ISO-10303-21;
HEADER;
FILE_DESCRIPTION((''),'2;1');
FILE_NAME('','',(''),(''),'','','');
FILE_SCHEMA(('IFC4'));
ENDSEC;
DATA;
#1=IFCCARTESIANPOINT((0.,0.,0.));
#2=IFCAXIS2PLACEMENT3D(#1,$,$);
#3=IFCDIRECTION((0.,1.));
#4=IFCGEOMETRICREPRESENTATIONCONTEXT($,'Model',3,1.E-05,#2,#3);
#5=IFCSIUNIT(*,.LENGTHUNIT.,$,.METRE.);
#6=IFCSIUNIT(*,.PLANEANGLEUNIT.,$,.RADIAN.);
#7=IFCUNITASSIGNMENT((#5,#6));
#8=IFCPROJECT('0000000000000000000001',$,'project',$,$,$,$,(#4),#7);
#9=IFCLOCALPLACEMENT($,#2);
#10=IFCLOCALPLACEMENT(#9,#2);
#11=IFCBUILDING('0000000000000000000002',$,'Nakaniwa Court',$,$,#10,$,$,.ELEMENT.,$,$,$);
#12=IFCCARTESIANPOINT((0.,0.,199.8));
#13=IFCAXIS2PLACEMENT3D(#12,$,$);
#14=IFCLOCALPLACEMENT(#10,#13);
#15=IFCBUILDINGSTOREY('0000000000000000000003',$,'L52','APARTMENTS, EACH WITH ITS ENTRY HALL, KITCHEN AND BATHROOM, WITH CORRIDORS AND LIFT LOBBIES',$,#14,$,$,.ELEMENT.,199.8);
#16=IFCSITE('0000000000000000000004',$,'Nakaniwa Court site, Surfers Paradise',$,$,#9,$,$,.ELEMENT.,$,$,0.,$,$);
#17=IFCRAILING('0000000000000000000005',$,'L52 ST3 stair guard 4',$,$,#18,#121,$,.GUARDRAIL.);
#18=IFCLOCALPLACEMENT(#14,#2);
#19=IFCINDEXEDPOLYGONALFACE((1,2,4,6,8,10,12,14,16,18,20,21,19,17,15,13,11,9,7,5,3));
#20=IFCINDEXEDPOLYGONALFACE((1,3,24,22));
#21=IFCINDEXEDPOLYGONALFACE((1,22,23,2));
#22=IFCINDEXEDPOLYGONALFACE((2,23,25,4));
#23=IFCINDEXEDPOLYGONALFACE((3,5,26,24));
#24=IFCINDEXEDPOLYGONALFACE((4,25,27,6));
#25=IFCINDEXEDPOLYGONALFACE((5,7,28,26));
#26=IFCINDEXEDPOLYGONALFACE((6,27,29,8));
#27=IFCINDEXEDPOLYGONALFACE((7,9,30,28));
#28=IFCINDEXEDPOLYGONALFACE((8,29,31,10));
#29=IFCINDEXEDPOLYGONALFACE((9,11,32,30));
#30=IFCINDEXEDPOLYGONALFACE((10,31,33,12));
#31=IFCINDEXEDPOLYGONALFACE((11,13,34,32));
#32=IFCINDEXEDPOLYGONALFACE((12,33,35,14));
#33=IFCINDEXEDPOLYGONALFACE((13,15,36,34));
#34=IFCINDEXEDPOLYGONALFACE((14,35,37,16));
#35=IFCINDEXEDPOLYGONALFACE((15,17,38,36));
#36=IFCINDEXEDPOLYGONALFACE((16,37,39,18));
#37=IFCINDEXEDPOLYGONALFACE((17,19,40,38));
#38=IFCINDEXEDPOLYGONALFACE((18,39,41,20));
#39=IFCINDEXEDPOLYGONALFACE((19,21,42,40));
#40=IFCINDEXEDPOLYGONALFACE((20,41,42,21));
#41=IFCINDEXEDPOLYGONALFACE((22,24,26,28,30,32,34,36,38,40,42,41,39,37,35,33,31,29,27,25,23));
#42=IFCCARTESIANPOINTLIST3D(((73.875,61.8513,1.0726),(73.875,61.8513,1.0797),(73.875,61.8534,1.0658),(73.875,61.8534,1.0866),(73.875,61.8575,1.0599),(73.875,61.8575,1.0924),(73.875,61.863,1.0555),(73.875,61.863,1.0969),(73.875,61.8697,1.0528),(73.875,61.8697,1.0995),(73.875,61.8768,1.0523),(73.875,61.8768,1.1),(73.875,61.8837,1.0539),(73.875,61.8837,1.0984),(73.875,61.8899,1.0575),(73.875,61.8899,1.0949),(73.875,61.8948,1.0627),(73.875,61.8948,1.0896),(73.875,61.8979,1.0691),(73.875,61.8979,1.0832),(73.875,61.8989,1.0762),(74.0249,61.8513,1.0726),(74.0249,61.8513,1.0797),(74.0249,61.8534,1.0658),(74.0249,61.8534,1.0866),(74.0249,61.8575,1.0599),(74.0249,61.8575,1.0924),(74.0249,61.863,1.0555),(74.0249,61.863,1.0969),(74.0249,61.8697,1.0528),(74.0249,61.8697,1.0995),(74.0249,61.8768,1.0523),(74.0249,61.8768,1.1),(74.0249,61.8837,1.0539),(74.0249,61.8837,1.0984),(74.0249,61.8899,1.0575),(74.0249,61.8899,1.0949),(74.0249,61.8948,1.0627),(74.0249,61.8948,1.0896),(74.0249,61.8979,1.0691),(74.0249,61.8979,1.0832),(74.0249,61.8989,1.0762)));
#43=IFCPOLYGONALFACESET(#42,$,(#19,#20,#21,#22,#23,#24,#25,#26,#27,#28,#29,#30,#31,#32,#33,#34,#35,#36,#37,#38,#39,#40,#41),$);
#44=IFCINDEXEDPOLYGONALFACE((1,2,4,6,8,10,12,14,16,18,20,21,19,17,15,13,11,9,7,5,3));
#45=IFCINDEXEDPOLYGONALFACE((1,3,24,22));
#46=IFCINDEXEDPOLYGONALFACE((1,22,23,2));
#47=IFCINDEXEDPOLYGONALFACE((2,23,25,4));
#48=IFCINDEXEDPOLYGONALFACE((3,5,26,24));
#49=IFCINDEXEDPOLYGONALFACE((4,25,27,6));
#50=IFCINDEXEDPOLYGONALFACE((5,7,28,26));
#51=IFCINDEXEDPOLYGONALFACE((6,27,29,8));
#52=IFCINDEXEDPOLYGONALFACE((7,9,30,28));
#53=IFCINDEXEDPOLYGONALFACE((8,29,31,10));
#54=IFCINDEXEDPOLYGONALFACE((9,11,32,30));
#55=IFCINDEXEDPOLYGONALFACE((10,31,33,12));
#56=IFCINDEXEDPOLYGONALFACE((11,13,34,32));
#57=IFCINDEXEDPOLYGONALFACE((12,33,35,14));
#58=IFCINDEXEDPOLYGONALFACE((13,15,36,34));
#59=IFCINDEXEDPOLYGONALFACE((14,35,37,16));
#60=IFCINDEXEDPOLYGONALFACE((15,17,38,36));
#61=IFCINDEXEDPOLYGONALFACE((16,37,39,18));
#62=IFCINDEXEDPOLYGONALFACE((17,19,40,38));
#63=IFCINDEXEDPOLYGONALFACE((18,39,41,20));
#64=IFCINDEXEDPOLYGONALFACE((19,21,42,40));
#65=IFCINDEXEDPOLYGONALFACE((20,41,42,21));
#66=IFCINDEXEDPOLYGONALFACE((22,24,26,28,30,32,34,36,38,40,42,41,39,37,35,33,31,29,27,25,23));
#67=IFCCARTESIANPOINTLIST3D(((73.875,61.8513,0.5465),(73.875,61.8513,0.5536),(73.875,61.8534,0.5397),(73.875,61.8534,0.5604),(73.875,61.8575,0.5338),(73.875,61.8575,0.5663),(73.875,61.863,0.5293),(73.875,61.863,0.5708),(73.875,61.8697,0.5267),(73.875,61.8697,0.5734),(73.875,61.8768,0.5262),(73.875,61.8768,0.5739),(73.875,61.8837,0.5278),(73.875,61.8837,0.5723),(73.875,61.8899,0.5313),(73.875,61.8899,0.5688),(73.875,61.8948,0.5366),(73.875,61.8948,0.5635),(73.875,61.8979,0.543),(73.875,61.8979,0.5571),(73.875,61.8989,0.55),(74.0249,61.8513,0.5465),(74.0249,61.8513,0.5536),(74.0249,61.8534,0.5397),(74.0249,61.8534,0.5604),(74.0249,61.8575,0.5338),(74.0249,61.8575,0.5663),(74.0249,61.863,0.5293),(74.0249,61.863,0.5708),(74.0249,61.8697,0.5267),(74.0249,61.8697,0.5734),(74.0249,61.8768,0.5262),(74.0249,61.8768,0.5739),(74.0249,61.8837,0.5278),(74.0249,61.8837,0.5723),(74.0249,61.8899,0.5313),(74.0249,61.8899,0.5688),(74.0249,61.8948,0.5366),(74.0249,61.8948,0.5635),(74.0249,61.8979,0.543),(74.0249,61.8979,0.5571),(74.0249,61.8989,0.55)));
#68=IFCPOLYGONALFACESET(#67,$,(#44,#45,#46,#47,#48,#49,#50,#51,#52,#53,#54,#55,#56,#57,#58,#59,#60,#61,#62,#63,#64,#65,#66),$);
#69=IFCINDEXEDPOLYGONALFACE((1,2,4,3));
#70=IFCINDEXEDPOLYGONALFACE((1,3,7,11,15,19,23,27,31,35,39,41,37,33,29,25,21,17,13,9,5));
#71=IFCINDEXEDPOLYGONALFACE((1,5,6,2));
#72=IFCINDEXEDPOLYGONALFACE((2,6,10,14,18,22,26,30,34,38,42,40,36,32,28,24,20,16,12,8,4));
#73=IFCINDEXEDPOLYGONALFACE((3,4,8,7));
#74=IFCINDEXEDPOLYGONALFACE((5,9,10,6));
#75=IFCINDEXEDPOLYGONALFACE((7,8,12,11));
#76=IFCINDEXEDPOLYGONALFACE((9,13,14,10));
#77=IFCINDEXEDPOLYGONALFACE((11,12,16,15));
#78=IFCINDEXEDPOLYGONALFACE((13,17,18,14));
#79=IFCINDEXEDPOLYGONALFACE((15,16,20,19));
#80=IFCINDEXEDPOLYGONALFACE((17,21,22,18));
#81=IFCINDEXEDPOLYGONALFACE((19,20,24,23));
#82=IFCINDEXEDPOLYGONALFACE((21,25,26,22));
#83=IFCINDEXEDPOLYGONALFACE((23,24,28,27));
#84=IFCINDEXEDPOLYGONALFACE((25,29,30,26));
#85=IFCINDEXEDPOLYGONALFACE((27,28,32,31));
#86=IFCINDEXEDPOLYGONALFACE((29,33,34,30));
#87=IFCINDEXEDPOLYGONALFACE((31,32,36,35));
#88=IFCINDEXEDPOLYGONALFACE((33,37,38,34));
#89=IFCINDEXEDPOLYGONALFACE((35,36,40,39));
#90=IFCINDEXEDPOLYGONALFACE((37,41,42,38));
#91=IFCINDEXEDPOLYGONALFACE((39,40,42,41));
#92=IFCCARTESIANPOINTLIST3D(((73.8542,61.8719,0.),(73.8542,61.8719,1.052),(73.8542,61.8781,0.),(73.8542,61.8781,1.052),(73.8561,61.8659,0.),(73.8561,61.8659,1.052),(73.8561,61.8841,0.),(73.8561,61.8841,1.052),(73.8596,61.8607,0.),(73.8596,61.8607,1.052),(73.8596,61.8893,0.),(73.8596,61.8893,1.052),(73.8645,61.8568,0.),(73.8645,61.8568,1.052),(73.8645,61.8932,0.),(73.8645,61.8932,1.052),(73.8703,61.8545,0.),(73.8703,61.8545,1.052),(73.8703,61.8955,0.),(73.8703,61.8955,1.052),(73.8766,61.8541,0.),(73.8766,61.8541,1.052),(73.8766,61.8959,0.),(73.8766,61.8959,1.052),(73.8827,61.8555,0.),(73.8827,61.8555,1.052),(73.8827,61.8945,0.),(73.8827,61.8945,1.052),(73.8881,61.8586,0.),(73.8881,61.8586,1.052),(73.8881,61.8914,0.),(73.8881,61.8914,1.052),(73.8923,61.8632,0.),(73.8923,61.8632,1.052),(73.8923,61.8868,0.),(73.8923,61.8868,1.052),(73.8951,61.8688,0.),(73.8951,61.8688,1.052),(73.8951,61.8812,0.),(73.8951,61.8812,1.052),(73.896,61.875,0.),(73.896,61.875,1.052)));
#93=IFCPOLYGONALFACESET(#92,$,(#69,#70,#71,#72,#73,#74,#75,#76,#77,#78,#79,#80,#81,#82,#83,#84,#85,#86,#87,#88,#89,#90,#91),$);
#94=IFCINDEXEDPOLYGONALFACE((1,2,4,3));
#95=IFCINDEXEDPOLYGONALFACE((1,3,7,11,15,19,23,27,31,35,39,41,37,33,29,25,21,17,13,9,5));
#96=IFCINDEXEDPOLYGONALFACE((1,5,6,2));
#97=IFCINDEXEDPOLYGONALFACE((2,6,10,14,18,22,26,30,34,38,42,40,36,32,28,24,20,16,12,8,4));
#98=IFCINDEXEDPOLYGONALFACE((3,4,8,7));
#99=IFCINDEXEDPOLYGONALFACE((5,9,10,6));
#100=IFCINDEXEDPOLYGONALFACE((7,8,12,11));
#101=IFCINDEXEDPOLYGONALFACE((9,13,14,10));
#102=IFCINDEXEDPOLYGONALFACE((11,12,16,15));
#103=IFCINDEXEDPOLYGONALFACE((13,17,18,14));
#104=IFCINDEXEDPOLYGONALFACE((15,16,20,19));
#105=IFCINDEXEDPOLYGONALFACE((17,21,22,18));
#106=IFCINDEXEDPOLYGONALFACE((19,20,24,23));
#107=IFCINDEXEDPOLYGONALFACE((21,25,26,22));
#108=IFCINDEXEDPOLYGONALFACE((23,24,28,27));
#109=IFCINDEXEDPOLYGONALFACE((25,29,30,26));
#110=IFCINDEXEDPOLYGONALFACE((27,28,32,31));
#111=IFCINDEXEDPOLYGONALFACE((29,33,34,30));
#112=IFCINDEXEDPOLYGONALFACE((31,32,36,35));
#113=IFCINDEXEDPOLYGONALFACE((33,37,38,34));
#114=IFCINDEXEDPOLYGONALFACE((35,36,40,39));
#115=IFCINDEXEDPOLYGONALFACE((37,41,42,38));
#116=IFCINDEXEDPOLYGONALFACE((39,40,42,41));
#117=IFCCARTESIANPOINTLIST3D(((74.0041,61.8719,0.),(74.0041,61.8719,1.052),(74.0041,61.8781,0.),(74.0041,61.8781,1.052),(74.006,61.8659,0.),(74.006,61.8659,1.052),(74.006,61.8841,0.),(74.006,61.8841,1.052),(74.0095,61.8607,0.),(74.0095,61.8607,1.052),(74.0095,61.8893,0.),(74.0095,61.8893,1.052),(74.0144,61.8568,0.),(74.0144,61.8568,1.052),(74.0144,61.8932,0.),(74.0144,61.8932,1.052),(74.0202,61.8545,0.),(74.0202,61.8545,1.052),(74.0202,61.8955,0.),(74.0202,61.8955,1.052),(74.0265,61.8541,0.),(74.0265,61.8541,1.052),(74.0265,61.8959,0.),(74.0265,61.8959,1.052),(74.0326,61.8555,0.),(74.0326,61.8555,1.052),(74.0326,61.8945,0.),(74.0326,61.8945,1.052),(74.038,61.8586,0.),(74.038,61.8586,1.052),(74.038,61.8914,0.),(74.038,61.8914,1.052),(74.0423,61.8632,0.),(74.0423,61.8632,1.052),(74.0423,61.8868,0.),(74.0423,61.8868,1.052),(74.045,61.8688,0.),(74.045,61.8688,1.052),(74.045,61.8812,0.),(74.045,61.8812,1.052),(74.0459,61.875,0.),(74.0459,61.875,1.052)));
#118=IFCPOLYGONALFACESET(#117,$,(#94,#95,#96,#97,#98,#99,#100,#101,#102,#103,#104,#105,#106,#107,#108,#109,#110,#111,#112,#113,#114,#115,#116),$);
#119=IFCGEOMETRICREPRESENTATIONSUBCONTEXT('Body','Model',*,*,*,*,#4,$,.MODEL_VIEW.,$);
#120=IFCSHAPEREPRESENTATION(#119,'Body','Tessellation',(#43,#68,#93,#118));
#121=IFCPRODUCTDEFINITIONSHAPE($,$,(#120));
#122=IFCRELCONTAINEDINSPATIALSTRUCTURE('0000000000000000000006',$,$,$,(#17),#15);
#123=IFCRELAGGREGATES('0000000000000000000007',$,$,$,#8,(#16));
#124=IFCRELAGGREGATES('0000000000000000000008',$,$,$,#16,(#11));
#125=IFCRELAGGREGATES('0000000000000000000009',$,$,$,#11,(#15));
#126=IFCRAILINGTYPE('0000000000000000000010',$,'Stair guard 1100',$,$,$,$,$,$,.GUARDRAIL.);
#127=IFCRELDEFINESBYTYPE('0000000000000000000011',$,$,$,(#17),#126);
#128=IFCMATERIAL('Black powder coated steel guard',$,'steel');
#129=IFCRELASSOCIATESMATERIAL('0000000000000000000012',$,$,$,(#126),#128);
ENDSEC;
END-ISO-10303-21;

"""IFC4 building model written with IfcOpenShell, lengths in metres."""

from ifc_helpers import new_model, si_unit, direction, frame, origin, origin_2d, place, context, subcontext, project, spatial, circle, extrude, material, type_object, element, save


model = new_model("IFC4")

# Units and contexts
model_context = context("Model", 3, precision=1e-05, world=origin(), true_north=direction((0.0, 1.0)))
body_context = subcontext(model_context, "Body", "Model", "MODEL_VIEW")
ifc_project = project(units=[si_unit("LENGTHUNIT", "METRE"), si_unit("PLANEANGLEUNIT", "RADIAN")], contexts=[model_context])

# Site, building, storey
site_placement = place(None, origin())
site = spatial("IfcSite", under=ifc_project, at=site_placement, Name="Nakaniwa Court site, Surfers Paradise", CompositionType="ELEMENT", RefElevation=0.0)
building_placement = place(site_placement, origin())
building = spatial("IfcBuilding", under=site, at=building_placement, Name="Nakaniwa Court", CompositionType="ELEMENT")
storey_placement = place(building_placement, frame((0.0, 0.0, 199.8)))
storey = spatial("IfcBuildingStorey", under=building, at=storey_placement, Name="L52", Description="APARTMENTS, EACH WITH ITS ENTRY HALL, KITCHEN AND BATHROOM, WITH CORRIDORS AND LIFT LOBBIES", CompositionType="ELEMENT", Elevation=199.8)

# Railing
ifc_material_1 = material(Name="Black powder coated steel guard", Category="steel")
railing_type_1 = type_object("IfcRailingType", Name="Stair guard 1100", PredefinedType="GUARDRAIL", material=ifc_material_1)
railing_1_placement = place(storey_placement, frame((73.875, 61.875, 0.0)))
element("IfcRailing", 1, at=railing_1_placement, inside=storey, type_object=railing_type_1, Name="L52 ST3 stair guard 4", PredefinedType="GUARDRAIL", context=body_context, shape_type="SweptSolid", body=[
    extrude(circle(Radius=0.0239, at=origin_2d()), frame((0.0, 0.0, 1.0762), z_axis=(1.0, 0.0, 0.0), x_axis=(0.0, 1.0, 0.0)), (0.0, 0.0, 1.0), 0.1499),
    extrude(circle(Radius=0.0239, at=origin_2d()), frame((0.0, 0.0, 0.55), z_axis=(1.0, 0.0, 0.0), x_axis=(0.0, 1.0, 0.0)), (0.0, 0.0, 1.0), 0.1499),
    extrude(circle(Radius=0.021, at=origin_2d()), origin(), (0.0, 0.0, 1.0), 1.052),
    extrude(circle(Radius=0.021, at=origin_2d()), frame((0.1499, 0.0, 0.0)), (0.0, 0.0, 1.0), 1.052),
])

save(model, "model.ifc")
